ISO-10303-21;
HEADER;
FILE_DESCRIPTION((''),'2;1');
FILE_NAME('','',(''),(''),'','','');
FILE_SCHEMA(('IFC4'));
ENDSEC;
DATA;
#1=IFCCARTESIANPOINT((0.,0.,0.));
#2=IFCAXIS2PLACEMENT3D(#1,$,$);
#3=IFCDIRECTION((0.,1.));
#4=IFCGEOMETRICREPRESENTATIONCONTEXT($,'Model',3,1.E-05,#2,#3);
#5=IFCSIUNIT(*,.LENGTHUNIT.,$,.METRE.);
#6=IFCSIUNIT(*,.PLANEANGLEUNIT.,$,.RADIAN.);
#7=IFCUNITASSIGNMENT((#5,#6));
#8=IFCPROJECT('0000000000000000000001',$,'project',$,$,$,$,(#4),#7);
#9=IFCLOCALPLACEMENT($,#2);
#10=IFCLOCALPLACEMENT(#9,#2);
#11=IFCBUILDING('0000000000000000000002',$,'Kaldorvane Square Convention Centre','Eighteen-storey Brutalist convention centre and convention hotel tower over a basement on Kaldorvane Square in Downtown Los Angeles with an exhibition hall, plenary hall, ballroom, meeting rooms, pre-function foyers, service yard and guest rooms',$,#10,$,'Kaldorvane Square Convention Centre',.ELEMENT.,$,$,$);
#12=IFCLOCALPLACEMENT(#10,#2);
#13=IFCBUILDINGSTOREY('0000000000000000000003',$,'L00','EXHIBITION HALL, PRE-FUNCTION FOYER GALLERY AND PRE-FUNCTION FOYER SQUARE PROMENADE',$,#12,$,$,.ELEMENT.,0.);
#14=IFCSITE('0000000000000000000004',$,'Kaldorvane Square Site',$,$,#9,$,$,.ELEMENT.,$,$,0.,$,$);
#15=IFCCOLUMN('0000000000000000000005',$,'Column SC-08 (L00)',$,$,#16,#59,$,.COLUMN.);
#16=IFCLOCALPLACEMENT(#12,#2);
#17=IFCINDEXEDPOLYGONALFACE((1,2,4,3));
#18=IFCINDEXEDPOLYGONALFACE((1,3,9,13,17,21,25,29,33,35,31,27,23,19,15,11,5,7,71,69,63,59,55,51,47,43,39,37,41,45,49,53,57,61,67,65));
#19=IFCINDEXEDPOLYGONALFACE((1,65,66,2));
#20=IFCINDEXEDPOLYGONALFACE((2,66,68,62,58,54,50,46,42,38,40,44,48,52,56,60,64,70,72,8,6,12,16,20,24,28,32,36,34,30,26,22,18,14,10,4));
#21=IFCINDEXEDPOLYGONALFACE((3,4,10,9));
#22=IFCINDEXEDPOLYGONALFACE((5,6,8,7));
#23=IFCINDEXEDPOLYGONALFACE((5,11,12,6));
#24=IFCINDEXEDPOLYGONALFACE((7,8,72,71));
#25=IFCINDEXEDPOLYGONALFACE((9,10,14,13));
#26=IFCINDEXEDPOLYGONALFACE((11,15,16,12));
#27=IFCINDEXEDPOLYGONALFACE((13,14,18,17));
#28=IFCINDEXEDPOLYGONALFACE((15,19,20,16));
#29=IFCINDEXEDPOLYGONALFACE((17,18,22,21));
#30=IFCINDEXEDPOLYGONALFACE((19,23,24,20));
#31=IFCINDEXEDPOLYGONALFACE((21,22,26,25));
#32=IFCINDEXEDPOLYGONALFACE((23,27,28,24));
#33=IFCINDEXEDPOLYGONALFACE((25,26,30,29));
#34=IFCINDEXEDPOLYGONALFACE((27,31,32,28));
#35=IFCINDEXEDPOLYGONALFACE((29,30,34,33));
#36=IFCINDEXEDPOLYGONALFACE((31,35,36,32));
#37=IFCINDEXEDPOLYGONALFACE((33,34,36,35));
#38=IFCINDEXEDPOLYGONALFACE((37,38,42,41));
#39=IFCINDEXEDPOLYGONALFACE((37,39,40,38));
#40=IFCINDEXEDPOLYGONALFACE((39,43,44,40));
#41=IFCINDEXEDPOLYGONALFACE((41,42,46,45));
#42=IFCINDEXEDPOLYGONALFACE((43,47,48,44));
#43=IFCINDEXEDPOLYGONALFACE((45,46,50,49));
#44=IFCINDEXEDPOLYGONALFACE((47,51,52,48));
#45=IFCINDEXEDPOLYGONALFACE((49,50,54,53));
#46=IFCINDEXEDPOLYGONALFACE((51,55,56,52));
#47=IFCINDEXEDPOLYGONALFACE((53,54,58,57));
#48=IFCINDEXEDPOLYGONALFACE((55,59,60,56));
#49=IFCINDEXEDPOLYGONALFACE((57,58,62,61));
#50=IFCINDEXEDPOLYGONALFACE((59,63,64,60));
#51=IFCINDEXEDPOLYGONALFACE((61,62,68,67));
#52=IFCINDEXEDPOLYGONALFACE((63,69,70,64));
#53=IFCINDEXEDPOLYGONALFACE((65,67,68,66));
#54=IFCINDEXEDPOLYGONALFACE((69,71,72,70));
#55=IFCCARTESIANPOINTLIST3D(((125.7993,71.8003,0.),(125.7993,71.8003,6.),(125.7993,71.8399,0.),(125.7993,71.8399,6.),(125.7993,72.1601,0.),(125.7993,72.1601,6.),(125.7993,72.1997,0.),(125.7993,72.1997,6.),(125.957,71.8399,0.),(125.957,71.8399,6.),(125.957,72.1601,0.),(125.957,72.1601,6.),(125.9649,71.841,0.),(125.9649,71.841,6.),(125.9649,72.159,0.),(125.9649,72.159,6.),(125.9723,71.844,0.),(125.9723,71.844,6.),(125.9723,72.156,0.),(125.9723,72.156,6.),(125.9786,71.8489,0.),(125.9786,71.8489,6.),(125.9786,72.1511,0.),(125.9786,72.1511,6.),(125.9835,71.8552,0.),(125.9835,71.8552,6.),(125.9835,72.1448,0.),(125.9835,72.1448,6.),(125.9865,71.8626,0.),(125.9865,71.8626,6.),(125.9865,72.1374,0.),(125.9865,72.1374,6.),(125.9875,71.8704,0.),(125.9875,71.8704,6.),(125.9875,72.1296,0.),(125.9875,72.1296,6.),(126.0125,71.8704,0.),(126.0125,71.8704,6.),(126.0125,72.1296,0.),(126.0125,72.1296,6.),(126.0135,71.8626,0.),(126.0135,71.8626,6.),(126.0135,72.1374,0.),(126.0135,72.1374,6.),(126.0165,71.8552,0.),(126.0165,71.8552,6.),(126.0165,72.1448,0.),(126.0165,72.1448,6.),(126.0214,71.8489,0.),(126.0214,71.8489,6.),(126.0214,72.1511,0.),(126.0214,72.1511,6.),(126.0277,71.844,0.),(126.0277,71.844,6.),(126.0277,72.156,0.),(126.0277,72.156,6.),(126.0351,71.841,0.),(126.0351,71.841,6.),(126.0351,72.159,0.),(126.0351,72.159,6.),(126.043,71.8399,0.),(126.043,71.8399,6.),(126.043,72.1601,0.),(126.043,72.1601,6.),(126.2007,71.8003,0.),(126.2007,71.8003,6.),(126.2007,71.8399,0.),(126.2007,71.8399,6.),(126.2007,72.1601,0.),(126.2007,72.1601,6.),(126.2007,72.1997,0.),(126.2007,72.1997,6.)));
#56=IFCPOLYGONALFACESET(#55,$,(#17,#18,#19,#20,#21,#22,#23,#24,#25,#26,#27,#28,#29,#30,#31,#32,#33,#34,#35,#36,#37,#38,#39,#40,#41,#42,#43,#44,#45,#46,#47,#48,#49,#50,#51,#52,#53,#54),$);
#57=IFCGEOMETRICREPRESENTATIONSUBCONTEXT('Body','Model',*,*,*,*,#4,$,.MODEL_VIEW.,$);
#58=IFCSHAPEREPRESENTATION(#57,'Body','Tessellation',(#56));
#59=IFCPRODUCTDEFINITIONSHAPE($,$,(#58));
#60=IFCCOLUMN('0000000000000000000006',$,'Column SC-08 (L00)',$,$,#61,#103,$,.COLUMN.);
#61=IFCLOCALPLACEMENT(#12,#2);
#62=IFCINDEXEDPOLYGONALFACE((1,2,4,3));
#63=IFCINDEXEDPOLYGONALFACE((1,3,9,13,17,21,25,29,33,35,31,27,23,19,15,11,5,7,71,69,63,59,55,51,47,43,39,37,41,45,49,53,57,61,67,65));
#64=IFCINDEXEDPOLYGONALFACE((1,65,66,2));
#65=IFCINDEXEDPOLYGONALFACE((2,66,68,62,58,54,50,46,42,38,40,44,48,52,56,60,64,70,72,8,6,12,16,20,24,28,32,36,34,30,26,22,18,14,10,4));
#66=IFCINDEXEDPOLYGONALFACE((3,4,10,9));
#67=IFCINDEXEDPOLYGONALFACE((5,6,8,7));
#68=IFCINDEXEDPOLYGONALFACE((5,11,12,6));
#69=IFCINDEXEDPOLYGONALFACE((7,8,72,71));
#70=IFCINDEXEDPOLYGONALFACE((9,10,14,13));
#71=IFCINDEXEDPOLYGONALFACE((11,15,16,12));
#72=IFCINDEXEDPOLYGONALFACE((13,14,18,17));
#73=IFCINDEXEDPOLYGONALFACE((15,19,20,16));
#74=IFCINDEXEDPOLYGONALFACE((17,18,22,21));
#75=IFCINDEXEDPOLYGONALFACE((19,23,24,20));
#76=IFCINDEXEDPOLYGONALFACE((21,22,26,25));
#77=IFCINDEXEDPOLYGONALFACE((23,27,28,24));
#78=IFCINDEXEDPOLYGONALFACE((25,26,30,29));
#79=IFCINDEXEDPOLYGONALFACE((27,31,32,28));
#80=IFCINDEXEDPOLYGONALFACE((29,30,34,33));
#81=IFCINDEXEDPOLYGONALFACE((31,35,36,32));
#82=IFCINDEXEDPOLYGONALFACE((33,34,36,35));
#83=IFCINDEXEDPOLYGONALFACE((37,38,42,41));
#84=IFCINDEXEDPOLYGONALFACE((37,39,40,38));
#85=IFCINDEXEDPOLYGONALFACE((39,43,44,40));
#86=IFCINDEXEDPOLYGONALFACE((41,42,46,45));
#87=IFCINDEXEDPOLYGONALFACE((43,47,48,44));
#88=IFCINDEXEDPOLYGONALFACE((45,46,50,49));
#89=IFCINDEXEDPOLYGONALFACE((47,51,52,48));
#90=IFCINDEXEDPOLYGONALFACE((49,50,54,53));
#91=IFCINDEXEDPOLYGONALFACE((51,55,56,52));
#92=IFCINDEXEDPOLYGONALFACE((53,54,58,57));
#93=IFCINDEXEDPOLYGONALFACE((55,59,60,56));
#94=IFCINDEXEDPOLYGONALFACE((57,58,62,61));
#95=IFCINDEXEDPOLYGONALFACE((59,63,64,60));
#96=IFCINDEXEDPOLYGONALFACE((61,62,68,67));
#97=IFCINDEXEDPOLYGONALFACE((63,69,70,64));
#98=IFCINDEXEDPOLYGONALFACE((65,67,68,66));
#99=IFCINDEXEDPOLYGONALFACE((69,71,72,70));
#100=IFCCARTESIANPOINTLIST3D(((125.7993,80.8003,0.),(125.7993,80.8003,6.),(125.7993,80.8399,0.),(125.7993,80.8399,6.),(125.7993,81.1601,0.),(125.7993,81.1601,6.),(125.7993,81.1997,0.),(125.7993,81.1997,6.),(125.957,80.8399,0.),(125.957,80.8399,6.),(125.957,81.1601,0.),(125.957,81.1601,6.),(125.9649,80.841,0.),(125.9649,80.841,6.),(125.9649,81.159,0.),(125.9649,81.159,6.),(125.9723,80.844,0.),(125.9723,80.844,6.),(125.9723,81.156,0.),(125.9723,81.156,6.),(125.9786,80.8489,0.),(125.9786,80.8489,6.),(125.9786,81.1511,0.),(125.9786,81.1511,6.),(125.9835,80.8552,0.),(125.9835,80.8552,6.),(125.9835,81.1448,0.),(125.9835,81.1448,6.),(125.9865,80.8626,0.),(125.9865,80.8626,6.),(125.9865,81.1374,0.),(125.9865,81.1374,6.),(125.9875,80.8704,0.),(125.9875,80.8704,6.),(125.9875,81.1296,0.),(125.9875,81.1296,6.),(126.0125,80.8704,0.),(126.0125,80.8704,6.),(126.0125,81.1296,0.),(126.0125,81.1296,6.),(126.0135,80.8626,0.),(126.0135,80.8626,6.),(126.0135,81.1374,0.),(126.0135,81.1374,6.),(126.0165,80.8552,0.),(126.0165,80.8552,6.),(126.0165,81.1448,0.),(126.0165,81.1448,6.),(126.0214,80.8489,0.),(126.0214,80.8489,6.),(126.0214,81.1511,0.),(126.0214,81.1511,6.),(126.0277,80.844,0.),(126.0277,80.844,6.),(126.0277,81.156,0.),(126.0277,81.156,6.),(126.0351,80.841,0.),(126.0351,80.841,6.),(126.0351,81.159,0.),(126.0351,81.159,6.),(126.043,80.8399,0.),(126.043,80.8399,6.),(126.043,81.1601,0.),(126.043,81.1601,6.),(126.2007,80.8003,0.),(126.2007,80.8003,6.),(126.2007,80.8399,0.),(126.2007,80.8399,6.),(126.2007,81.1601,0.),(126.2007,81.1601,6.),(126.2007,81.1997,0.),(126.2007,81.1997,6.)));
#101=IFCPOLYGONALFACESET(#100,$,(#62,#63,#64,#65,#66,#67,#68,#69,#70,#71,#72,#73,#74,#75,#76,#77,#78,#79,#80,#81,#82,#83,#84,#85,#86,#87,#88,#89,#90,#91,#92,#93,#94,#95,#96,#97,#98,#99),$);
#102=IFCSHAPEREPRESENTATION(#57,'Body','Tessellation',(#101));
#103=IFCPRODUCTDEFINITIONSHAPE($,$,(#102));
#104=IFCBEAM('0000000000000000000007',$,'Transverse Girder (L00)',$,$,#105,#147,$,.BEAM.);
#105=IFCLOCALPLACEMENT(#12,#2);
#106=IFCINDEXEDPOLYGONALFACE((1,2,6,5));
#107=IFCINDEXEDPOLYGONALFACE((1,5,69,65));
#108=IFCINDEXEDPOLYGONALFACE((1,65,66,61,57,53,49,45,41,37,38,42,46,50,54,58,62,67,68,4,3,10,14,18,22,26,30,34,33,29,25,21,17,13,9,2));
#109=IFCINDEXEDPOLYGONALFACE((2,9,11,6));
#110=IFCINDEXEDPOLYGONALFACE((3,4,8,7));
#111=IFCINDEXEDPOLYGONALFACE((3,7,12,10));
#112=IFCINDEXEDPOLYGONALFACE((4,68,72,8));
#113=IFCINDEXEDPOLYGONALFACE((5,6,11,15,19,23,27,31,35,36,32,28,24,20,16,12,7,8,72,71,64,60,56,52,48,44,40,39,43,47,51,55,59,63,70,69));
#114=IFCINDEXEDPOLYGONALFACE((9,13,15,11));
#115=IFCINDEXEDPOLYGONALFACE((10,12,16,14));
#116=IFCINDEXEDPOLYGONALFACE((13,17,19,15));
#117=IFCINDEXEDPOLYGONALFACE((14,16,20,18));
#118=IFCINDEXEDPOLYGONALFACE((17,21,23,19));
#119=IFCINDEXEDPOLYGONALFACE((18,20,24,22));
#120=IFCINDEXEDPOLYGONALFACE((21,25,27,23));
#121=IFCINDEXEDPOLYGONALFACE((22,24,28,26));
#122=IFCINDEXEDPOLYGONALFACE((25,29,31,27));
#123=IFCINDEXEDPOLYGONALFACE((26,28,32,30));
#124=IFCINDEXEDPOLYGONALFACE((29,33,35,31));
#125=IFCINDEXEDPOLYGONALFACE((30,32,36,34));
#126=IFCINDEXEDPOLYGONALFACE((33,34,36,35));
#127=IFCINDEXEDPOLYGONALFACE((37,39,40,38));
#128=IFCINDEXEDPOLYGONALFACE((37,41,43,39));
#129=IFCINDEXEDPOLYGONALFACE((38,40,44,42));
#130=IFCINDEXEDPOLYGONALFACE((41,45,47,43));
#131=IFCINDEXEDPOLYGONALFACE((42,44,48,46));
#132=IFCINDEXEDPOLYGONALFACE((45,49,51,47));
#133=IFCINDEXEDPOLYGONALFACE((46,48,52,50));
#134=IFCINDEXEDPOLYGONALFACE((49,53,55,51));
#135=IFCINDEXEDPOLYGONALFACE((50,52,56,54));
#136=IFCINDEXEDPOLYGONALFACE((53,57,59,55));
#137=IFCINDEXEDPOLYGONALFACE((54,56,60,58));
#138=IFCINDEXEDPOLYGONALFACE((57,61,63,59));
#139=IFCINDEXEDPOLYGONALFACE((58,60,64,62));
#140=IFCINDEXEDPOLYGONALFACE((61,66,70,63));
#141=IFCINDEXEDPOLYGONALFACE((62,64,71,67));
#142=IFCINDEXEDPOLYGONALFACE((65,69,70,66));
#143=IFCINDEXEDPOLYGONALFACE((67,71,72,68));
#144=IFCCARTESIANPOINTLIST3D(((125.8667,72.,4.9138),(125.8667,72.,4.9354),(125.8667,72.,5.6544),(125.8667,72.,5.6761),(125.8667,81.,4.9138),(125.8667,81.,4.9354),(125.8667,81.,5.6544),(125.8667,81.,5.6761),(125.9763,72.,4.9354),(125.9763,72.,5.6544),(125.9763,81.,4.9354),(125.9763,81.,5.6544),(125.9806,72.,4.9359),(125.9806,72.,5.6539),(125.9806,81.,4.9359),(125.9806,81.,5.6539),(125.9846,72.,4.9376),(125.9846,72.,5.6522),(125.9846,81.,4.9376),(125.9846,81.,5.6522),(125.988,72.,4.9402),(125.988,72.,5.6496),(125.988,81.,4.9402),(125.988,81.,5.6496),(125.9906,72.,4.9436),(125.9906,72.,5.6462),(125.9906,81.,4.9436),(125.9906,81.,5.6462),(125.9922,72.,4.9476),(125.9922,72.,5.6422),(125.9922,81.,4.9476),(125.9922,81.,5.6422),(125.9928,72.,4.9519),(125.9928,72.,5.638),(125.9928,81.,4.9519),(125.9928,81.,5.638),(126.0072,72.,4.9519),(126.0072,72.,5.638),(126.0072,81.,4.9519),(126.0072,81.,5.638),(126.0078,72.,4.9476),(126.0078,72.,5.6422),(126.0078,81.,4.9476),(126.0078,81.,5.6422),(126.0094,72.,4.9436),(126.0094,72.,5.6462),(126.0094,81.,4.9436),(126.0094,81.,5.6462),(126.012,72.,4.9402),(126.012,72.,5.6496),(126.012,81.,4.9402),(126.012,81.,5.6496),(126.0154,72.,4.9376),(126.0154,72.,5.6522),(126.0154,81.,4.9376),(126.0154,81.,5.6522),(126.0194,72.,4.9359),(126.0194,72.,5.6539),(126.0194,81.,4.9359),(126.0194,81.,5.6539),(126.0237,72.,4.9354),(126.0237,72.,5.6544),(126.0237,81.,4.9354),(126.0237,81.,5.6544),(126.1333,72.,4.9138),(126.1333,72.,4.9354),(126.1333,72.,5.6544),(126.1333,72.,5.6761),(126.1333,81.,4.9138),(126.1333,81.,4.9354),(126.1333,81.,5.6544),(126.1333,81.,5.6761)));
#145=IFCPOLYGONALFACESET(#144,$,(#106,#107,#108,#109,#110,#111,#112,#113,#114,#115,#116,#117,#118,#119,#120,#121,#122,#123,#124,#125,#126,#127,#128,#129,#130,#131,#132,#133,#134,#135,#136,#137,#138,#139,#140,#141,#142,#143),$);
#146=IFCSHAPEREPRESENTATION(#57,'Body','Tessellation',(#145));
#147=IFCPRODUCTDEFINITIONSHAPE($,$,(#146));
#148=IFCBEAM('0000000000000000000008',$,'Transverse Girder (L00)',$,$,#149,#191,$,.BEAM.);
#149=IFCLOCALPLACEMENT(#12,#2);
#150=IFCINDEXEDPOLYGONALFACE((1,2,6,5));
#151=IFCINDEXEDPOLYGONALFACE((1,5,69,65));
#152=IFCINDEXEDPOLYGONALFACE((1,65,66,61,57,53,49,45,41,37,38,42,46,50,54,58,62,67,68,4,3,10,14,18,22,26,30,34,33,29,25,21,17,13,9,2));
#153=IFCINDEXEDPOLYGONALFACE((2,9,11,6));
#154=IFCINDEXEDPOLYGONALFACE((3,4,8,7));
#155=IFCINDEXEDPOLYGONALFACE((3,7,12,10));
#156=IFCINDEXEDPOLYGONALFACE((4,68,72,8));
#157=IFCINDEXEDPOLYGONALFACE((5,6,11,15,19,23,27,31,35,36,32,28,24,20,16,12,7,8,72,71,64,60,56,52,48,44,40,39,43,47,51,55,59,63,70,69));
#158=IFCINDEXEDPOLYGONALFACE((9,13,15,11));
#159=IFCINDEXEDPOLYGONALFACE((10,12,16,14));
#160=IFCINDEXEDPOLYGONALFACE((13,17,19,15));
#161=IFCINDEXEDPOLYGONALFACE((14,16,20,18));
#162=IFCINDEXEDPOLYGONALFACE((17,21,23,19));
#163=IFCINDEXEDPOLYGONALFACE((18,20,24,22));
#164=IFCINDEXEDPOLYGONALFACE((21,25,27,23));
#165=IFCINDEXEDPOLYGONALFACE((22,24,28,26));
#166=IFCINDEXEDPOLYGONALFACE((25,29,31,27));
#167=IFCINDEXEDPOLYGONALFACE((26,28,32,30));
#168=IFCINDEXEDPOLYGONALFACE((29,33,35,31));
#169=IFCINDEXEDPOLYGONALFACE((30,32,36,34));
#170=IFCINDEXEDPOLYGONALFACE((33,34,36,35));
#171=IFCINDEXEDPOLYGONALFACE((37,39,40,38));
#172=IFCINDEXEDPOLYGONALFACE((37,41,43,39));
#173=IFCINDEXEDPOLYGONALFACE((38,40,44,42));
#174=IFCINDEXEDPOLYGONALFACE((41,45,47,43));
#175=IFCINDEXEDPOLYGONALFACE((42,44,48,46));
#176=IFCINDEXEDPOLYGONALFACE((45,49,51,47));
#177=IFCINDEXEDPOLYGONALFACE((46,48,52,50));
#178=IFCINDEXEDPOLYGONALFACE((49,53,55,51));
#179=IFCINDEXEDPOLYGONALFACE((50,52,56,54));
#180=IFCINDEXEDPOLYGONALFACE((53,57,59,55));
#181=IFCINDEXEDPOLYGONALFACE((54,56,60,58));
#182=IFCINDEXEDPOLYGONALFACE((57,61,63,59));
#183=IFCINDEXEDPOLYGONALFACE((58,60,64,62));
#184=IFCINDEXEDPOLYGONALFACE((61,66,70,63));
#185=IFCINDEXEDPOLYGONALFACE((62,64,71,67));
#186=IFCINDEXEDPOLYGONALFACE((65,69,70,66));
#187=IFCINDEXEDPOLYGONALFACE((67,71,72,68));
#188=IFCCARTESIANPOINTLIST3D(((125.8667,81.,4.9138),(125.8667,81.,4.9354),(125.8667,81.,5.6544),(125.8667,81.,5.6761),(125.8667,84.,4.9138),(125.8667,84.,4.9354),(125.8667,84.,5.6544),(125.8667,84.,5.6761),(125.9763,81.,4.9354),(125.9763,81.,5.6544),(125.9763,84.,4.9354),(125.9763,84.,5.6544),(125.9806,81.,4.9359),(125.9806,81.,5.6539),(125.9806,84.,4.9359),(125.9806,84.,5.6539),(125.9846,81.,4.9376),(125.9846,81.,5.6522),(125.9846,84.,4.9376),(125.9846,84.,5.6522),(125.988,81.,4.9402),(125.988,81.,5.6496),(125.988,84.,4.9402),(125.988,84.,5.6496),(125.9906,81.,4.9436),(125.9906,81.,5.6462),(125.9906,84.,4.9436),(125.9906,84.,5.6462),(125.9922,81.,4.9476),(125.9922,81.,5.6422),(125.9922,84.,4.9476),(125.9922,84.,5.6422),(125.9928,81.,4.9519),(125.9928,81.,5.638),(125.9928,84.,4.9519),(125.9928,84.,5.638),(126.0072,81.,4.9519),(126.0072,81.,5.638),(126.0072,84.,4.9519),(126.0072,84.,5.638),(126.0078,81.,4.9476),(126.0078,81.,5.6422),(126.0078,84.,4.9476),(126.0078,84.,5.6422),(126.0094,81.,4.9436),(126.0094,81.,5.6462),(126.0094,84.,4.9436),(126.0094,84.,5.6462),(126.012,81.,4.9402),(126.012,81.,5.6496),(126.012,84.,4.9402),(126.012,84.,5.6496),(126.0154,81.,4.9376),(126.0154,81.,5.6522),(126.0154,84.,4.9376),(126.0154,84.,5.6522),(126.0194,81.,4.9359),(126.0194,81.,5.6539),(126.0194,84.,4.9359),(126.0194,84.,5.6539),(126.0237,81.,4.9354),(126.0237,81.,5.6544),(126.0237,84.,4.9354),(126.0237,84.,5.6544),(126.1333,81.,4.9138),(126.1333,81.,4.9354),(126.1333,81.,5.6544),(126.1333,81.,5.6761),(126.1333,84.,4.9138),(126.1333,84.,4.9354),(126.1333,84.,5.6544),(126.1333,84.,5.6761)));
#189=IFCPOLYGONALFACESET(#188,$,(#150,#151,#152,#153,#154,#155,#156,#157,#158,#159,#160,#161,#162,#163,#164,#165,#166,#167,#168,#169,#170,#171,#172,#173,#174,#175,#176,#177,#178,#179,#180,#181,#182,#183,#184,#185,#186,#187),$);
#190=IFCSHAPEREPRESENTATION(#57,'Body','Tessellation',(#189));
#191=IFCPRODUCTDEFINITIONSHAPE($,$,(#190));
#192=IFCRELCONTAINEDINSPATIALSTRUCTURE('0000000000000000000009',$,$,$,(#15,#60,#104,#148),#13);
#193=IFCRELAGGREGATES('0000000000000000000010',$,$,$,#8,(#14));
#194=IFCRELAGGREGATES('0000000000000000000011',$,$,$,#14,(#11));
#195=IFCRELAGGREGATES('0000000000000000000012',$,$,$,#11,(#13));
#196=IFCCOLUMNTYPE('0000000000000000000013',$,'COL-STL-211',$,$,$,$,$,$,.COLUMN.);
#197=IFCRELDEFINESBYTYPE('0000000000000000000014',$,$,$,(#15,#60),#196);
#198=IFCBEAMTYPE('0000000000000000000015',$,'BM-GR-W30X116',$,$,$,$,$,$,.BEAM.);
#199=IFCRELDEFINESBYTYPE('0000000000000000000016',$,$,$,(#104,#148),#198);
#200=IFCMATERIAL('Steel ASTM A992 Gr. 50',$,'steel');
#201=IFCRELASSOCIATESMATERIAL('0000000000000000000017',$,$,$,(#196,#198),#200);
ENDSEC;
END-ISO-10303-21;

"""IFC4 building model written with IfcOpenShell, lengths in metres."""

from ifc_helpers import new_model, si_unit, direction, frame, origin, origin_2d, place, context, subcontext, project, spatial, i_section, extrude, material, material_profile, profile_set, type_object, element, save


model = new_model("IFC4")

# Units and contexts
model_context = context("Model", 3, precision=1e-05, world=origin(), true_north=direction((0.0, 1.0)))
body_context = subcontext(model_context, "Body", "Model", "MODEL_VIEW")
ifc_project = project(units=[si_unit("LENGTHUNIT", "METRE"), si_unit("PLANEANGLEUNIT", "RADIAN")], contexts=[model_context])

# Site, building, storey
site_placement = place(None, origin())
site = spatial("IfcSite", under=ifc_project, at=site_placement, Name="Kaldorvane Square Site", CompositionType="ELEMENT", RefElevation=0.0)
building_placement = place(site_placement, origin())
building = spatial("IfcBuilding", under=site, at=building_placement, Name="Kaldorvane Square Convention Centre", Description="Eighteen-storey Brutalist convention centre and convention hotel tower over a basement on Kaldorvane Square in Downtown Los Angeles with an exhibition hall, plenary hall, ballroom, meeting rooms, pre-function foyers, service yard and guest rooms", LongName="Kaldorvane Square Convention Centre", CompositionType="ELEMENT")
storey_placement = place(building_placement, origin())
storey = spatial("IfcBuildingStorey", under=building, at=storey_placement, Name="L00", Description="EXHIBITION HALL, PRE-FUNCTION FOYER GALLERY AND PRE-FUNCTION FOYER SQUARE PROMENADE", CompositionType="ELEMENT", Elevation=0.0)

# Columns
ifc_material_1 = material(Name="Steel ASTM A992 Gr. 50", Category="steel")
ifc_material_profile_1 = material_profile(ifc_material_1, i_section(OverallWidth=0.4013, OverallDepth=0.3993, WebThickness=0.0249, FlangeThickness=0.0396, FilletRadius=0.0305, at=origin_2d()), Name="W14X211")
ifc_profile_set_1 = profile_set([ifc_material_profile_1], Name="Steel ASTM A992 Gr. 50")
column_type = type_object("IfcColumnType", Name="COL-STL-211", PredefinedType="COLUMN", material=ifc_profile_set_1)
for number, where, z_axis, x_axis, name in (
    (1, (126.0, 72.0, 0.0), (0.0, 0.0, 1.0), (1.0, 0.0, 0.0), "Column SC-08 (L00)"),
    (2, (126.0, 81.0, 0.0), (0.0, 0.0, 1.0), (1.0, 0.0, 0.0), "Column SC-08 (L00)"),
):
    element("IfcColumn", number, at=place(storey_placement, frame(where, z_axis=z_axis, x_axis=x_axis)), inside=storey, type_object=column_type, Name=name, PredefinedType="COLUMN", context=body_context, shape_type="SweptSolid", body=[
        extrude(i_section(OverallWidth=0.4013, OverallDepth=0.3993, WebThickness=0.0249, FlangeThickness=0.0396, FilletRadius=0.0305, at=origin_2d()), origin(), (0.0, 0.0, 1.0), 6.0),
    ])

# Beams
ifc_material_profile_2 = material_profile(ifc_material_1, i_section(OverallWidth=0.2666, OverallDepth=0.7623, WebThickness=0.0144, FlangeThickness=0.0216, FilletRadius=0.0165, at=origin_2d()), Name="W30X116")
ifc_profile_set_2 = profile_set([ifc_material_profile_2], Name="Steel ASTM A992 Gr. 50")
beam_type_1 = type_object("IfcBeamType", Name="BM-GR-W30X116", PredefinedType="BEAM", material=ifc_profile_set_2)
beam_1_placement = place(storey_placement, frame((126.0, 72.0, 5.2949), z_axis=(0.0, 1.0, 0.0), x_axis=(-1.0, 0.0, 0.0)))
element("IfcBeam", 3, at=beam_1_placement, inside=storey, type_object=beam_type_1, Name="Transverse Girder (L00)", PredefinedType="BEAM", context=body_context, shape_type="SweptSolid", body=[
    extrude(i_section(OverallWidth=0.2666, OverallDepth=0.7623, WebThickness=0.0144, FlangeThickness=0.0216, FilletRadius=0.0165, at=origin_2d()), origin(), (0.0, 0.0, 1.0), 9.0),
])
beam_2_placement = place(storey_placement, frame((126.0, 81.0, 5.2949), z_axis=(0.0, 1.0, 0.0), x_axis=(-1.0, 0.0, 0.0)))
element("IfcBeam", 4, at=beam_2_placement, inside=storey, type_object=beam_type_1, Name="Transverse Girder (L00)", PredefinedType="BEAM", context=body_context, shape_type="SweptSolid", body=[
    extrude(i_section(OverallWidth=0.2666, OverallDepth=0.7623, WebThickness=0.0144, FlangeThickness=0.0216, FilletRadius=0.0165, at=origin_2d()), origin(), (0.0, 0.0, 1.0), 3.0),
])

save(model, "model.ifc")
